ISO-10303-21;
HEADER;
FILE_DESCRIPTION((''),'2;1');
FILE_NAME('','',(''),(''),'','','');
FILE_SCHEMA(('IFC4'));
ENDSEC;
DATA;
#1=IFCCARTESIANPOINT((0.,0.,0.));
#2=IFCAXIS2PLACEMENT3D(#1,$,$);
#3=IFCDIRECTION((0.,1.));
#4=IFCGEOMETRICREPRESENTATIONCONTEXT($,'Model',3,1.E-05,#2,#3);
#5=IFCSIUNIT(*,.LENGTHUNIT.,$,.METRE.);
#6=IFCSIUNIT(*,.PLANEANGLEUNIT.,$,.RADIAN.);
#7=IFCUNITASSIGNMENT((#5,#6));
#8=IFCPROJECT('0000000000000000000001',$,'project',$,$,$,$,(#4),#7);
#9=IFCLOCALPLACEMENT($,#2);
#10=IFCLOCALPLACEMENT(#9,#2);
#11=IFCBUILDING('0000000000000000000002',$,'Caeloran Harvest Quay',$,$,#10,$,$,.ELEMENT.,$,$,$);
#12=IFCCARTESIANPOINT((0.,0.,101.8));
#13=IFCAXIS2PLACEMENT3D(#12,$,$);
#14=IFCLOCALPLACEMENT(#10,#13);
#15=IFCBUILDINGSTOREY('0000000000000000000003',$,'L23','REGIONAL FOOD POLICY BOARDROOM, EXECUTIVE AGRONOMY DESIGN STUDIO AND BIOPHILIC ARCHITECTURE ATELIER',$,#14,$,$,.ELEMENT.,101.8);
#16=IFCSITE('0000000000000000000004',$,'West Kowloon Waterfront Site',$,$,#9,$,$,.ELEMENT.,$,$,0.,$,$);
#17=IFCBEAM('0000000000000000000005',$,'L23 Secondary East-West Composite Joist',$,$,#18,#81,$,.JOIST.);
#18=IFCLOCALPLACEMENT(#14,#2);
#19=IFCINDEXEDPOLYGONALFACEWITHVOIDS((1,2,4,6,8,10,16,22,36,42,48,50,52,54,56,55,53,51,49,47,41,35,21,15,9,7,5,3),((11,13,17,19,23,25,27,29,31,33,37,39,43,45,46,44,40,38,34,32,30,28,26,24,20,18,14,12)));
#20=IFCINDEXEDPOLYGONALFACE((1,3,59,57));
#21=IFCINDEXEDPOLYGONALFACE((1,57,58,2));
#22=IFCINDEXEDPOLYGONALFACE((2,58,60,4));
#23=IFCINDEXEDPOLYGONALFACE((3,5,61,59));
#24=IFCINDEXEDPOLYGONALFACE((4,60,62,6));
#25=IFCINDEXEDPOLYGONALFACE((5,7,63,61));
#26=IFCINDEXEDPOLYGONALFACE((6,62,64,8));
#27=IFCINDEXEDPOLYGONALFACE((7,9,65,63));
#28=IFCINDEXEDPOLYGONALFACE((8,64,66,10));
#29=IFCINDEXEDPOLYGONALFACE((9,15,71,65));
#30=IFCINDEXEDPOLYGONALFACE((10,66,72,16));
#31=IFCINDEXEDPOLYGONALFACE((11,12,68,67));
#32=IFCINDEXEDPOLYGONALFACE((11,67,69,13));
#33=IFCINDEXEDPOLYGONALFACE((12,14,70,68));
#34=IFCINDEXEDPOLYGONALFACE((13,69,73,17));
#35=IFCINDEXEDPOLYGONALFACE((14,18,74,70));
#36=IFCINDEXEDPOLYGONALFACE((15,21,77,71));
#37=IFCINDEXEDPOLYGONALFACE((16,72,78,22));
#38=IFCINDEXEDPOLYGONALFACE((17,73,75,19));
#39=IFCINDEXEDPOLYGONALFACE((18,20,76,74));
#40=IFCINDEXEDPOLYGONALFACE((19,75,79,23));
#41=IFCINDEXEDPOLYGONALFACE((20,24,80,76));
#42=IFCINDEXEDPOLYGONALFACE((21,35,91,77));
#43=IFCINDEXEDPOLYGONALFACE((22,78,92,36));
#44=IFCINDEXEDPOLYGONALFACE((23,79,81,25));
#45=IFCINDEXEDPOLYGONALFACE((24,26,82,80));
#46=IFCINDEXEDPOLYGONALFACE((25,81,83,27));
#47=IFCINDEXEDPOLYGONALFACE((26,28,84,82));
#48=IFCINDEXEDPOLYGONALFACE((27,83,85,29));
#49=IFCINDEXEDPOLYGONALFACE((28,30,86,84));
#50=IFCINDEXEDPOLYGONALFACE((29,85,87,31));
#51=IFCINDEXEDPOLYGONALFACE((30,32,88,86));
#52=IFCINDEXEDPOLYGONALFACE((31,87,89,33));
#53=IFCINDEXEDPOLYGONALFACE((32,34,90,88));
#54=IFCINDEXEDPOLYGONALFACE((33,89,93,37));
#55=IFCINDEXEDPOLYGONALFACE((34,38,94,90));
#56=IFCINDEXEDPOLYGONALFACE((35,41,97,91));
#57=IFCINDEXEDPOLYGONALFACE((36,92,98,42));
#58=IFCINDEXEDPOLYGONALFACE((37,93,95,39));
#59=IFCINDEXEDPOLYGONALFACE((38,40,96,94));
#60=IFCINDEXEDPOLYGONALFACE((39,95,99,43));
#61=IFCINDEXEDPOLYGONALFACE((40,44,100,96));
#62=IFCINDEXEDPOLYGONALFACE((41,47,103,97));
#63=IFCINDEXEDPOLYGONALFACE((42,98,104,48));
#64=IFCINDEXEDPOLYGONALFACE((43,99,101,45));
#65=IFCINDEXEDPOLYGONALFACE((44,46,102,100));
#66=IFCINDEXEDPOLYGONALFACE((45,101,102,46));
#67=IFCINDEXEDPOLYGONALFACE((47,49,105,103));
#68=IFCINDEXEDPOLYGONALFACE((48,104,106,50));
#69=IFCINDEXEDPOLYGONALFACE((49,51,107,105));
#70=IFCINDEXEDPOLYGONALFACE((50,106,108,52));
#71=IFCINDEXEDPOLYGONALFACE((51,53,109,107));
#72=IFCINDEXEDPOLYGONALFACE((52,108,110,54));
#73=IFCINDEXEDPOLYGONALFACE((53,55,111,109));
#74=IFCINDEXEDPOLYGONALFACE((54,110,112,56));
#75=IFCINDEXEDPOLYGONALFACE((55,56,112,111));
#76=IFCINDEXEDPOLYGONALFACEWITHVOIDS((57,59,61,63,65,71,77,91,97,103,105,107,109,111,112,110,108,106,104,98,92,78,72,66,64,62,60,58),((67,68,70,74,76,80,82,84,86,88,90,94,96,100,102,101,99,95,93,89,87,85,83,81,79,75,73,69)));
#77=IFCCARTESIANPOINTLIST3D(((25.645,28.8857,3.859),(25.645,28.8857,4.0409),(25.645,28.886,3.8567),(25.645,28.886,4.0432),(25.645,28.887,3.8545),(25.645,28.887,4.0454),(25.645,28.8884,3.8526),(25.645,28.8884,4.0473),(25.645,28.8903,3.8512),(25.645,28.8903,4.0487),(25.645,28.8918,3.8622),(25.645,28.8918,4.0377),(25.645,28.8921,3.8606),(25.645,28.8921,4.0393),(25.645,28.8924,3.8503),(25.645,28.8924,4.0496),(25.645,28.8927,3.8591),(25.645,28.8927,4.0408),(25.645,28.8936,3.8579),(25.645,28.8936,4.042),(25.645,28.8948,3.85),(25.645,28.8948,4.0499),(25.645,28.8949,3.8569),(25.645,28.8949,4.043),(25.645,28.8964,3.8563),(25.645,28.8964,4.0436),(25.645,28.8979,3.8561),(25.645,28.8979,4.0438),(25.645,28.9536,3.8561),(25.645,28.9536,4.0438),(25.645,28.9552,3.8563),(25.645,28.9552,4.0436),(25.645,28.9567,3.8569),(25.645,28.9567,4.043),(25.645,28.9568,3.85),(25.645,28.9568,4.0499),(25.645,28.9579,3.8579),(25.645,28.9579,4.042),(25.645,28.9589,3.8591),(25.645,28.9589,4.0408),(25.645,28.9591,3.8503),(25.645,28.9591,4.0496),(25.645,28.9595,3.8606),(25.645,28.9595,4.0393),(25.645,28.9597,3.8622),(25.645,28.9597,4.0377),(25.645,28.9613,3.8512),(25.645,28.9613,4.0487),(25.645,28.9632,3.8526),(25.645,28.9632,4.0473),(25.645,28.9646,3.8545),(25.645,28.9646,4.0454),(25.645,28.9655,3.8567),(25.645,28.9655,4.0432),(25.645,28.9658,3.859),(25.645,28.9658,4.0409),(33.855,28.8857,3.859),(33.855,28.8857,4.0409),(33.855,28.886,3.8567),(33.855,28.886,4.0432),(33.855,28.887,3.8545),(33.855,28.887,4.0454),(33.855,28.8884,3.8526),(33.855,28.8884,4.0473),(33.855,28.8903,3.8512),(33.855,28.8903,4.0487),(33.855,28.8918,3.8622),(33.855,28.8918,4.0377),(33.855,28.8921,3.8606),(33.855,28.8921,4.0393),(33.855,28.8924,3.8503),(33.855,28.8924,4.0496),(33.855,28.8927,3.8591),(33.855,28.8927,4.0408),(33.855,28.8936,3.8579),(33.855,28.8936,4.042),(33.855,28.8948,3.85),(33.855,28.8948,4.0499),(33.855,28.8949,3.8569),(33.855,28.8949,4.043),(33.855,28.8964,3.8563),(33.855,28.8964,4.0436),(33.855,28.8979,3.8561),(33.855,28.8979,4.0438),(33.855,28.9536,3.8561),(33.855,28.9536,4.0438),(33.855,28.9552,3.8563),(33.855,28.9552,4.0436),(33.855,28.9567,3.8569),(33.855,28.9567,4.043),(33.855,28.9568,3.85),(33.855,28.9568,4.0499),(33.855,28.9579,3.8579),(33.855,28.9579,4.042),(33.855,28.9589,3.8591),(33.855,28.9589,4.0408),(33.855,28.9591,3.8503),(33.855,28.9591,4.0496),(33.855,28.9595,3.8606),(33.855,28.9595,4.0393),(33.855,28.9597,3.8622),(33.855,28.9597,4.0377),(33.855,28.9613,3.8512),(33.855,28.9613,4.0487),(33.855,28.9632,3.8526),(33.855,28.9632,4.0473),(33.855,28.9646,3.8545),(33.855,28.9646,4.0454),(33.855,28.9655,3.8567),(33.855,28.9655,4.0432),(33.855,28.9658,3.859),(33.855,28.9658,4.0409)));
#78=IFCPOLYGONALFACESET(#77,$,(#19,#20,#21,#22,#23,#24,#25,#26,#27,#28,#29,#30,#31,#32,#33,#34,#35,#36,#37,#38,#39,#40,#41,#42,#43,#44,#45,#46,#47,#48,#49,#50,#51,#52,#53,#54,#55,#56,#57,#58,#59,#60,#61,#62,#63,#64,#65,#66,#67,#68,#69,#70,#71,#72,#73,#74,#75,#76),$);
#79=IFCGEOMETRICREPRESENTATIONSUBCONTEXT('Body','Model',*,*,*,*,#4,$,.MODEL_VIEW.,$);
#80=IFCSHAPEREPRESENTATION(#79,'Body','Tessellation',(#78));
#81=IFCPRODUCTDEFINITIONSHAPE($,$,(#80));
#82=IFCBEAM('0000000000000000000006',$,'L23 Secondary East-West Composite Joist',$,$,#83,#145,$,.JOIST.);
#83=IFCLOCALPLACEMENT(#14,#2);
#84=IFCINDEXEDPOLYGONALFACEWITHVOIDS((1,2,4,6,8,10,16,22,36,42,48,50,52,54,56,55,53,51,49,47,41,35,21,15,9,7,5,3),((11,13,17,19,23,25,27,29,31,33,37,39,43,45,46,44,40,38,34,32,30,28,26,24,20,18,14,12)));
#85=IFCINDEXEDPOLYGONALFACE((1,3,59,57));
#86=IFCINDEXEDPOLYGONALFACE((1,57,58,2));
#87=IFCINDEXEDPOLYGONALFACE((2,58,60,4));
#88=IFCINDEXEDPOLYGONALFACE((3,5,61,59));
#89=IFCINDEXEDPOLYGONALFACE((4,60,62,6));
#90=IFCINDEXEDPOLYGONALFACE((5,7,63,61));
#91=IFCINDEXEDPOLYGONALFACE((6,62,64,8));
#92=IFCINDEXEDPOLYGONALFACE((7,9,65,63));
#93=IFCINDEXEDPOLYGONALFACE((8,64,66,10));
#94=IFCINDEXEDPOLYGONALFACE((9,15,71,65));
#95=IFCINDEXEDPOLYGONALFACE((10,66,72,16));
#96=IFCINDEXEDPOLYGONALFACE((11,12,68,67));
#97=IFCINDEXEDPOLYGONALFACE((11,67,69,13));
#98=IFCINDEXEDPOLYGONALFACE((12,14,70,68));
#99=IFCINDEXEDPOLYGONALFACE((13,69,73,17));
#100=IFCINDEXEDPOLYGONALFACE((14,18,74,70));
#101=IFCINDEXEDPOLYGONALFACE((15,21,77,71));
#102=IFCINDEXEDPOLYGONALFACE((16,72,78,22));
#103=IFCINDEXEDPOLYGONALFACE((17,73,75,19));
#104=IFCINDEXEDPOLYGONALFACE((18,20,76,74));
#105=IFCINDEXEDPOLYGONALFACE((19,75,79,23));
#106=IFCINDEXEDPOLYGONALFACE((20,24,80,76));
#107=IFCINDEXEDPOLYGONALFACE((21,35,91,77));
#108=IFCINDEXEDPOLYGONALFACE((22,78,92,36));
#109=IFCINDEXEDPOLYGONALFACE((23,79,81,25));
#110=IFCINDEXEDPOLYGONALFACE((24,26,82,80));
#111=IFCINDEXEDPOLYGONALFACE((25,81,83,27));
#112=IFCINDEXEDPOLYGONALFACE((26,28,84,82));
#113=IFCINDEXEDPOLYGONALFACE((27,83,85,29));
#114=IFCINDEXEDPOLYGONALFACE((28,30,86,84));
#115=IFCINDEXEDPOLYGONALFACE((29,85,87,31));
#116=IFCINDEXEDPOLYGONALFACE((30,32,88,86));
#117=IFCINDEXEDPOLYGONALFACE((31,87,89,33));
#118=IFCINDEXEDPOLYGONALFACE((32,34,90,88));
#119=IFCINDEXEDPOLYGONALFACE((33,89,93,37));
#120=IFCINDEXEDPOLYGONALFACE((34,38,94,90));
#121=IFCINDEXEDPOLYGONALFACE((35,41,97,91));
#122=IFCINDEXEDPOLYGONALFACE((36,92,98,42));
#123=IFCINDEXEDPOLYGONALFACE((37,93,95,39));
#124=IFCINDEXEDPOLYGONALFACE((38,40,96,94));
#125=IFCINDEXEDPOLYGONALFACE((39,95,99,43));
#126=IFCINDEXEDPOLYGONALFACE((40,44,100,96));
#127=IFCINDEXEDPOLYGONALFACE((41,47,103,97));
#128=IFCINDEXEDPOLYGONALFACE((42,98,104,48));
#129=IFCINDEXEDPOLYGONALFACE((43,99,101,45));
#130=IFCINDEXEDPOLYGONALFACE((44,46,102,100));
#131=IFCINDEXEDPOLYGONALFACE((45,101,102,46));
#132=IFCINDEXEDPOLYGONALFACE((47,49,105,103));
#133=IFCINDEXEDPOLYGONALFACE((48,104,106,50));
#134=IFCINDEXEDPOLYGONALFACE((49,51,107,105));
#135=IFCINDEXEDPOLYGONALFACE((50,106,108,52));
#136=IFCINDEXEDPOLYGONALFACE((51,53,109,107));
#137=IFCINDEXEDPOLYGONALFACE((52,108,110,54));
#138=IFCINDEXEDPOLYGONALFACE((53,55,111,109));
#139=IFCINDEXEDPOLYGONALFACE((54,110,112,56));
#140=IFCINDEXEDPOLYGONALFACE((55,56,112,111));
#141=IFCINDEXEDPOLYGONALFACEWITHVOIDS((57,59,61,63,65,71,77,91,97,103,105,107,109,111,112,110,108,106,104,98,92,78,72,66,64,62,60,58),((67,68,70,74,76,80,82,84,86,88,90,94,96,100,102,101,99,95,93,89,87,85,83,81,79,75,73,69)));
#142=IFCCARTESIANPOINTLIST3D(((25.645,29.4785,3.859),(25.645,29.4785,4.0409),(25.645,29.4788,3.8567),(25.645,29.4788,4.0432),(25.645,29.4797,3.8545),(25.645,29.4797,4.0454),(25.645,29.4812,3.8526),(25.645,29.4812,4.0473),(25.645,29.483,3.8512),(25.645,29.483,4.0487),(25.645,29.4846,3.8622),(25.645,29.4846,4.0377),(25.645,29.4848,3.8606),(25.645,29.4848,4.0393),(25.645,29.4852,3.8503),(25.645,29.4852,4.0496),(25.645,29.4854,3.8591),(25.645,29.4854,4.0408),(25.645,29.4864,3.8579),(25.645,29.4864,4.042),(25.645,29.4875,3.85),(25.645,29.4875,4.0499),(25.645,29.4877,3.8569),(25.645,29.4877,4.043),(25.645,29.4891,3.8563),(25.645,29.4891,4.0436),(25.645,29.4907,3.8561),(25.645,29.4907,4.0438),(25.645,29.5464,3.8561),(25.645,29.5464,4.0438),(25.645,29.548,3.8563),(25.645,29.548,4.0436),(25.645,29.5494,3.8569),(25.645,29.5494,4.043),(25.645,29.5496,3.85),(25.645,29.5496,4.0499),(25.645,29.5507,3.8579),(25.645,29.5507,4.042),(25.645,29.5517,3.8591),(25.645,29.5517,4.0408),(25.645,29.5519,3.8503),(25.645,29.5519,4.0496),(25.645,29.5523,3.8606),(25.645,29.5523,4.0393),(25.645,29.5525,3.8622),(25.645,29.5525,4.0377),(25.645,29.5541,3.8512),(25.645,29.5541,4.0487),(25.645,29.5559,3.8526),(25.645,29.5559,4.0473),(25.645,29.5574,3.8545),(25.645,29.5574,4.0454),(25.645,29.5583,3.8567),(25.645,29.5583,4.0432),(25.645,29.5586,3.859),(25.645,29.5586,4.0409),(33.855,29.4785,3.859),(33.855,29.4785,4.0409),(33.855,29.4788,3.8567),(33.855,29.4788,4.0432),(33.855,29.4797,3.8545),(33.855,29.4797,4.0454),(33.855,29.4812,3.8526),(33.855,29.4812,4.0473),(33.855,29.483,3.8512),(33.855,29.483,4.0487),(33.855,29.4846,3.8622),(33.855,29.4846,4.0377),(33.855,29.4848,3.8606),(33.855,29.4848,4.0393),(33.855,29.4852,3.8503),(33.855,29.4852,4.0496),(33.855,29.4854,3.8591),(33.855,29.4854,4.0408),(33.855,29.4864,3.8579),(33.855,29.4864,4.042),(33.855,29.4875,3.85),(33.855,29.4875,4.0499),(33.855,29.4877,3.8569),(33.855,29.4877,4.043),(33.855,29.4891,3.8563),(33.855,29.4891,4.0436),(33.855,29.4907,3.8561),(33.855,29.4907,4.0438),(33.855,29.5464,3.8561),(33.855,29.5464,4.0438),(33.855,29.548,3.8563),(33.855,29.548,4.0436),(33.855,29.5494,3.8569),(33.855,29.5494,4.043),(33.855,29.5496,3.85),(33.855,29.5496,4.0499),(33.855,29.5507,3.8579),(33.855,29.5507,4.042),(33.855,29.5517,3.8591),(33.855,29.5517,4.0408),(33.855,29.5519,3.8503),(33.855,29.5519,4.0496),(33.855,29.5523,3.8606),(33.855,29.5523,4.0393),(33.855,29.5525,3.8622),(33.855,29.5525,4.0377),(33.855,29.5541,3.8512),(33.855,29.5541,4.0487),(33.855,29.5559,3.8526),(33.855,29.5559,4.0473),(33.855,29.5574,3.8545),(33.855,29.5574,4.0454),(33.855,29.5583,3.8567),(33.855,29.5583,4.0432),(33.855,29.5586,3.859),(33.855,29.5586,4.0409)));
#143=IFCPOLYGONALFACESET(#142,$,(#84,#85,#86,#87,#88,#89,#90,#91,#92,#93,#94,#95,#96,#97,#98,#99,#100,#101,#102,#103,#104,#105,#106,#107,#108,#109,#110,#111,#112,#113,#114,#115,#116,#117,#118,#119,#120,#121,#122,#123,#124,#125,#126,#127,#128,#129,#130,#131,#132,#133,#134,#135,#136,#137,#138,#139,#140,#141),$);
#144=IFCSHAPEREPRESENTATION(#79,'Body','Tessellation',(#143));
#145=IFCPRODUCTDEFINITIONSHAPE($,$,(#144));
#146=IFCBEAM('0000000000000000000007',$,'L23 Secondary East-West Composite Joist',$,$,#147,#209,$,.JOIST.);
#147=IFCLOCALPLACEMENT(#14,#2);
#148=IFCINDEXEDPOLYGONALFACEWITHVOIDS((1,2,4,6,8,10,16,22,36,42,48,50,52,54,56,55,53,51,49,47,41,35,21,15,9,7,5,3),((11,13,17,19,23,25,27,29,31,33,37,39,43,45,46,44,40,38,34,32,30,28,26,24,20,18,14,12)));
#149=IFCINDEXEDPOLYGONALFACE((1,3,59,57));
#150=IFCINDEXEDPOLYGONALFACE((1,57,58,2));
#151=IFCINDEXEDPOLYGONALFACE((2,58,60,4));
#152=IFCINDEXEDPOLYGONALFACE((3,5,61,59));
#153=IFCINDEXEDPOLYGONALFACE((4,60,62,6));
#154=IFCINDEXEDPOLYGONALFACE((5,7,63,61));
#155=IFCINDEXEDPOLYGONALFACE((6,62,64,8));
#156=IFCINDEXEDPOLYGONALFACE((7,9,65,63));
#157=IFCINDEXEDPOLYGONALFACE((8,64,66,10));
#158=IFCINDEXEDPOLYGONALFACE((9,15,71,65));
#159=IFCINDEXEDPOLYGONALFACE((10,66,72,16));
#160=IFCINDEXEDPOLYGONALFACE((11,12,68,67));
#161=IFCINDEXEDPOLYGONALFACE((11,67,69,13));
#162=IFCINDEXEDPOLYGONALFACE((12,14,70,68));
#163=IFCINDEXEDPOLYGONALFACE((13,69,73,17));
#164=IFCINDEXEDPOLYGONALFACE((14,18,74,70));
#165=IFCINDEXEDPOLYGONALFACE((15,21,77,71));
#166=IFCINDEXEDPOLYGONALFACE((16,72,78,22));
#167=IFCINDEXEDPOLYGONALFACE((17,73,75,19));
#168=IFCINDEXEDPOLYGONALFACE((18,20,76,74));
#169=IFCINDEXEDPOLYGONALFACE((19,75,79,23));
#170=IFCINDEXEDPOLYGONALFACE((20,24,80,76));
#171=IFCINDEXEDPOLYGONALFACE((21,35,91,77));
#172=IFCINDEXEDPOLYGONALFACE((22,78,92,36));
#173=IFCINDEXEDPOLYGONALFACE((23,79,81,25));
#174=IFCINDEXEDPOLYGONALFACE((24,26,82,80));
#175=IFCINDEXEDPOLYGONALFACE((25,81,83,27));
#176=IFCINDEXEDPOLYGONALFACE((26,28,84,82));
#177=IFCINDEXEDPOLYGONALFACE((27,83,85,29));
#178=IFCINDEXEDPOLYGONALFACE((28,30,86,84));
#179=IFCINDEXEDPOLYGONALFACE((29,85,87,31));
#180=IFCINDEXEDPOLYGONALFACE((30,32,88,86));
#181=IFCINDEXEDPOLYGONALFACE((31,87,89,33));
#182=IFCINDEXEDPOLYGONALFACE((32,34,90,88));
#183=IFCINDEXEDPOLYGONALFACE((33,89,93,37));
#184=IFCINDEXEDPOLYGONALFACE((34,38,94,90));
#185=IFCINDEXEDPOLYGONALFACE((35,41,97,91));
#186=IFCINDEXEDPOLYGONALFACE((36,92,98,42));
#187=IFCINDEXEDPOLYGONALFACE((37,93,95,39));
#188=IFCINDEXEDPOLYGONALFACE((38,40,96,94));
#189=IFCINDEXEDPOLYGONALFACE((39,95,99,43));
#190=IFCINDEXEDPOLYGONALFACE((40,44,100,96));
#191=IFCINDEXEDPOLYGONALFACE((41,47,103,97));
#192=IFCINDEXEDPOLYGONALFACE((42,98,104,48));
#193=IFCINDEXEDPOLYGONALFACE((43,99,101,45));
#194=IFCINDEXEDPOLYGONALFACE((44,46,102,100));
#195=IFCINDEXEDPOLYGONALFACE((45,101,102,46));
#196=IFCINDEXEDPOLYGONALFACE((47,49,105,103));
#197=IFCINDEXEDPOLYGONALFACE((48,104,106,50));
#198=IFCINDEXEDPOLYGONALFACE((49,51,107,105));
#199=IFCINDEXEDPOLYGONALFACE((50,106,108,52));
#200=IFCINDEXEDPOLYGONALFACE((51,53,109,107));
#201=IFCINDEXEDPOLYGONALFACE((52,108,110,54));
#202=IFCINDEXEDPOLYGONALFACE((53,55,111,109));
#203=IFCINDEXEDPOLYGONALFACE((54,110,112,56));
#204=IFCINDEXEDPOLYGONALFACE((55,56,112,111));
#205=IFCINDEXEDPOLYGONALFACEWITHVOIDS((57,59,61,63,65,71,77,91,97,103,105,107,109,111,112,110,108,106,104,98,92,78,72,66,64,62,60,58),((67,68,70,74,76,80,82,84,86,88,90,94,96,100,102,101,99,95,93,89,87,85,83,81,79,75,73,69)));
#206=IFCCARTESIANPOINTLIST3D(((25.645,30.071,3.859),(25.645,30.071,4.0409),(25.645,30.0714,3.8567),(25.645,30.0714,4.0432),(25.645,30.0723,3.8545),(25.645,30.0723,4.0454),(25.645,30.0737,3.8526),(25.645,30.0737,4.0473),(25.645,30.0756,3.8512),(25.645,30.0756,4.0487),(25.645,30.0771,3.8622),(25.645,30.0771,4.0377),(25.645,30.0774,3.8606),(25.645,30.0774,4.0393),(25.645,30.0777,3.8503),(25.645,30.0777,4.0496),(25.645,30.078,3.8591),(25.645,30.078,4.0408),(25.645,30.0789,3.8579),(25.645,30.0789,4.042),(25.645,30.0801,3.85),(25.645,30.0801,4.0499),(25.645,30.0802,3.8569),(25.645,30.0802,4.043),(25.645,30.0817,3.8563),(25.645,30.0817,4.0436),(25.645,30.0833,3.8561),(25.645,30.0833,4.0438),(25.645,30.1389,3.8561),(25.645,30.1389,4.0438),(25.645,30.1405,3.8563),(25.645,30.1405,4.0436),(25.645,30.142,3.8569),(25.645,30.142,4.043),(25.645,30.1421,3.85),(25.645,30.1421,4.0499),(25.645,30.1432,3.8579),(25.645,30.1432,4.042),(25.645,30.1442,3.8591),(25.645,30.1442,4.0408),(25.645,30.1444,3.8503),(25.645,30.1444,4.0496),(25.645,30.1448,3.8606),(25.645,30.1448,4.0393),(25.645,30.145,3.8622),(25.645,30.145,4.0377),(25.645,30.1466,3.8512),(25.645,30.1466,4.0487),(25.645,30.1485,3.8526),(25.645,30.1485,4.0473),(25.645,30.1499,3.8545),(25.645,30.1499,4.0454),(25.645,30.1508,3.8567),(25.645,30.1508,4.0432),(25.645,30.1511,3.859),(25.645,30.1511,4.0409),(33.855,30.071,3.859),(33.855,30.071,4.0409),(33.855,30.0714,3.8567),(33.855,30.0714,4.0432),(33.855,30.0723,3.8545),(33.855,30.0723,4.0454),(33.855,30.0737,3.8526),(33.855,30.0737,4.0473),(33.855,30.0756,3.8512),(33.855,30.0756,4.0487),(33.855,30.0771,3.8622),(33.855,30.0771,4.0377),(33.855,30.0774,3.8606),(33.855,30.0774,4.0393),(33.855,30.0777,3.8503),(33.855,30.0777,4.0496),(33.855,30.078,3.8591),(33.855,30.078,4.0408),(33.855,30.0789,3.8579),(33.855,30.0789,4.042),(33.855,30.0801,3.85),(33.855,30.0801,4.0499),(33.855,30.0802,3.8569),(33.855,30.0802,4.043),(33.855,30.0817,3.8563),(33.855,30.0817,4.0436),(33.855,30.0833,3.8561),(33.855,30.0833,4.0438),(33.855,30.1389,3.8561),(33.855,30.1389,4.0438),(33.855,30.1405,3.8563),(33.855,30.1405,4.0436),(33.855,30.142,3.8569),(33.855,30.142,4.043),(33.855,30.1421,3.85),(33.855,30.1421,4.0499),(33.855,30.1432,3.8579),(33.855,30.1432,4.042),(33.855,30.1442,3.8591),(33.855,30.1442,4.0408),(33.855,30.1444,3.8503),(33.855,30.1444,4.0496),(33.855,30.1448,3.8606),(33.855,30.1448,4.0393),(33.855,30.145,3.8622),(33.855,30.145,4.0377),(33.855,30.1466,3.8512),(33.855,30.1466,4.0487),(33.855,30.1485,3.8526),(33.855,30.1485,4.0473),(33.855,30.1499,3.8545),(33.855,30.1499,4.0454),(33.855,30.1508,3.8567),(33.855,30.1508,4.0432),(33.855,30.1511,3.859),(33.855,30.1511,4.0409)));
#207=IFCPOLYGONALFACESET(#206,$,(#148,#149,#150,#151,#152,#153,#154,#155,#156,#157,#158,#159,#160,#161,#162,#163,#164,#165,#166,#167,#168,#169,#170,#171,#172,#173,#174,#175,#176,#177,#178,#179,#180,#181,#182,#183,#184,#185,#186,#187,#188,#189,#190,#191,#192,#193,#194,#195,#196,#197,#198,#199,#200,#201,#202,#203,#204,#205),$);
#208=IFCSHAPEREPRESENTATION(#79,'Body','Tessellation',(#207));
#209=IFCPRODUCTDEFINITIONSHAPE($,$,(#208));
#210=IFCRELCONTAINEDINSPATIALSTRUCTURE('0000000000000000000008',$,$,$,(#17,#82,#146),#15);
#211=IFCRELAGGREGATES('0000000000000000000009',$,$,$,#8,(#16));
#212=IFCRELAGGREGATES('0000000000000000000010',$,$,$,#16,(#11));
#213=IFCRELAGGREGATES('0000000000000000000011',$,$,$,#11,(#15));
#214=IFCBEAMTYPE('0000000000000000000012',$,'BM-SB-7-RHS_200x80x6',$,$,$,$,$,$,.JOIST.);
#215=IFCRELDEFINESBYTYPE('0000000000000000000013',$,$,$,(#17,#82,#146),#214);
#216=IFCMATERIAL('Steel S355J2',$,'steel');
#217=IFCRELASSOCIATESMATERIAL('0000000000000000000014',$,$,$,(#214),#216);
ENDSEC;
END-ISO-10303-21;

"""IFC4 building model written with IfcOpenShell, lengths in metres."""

from ifc_helpers import new_model, si_unit, direction, frame, origin, origin_2d, place, context, subcontext, project, spatial, hollow_rectangle, extrude, material, material_profile, profile_set, type_object, element, save


model = new_model("IFC4")

# Units and contexts
model_context = context("Model", 3, precision=1e-05, world=origin(), true_north=direction((0.0, 1.0)))
body_context = subcontext(model_context, "Body", "Model", "MODEL_VIEW")
ifc_project = project(units=[si_unit("LENGTHUNIT", "METRE"), si_unit("PLANEANGLEUNIT", "RADIAN")], contexts=[model_context])

# Site, building, storey
site_placement = place(None, origin())
site = spatial("IfcSite", under=ifc_project, at=site_placement, Name="West Kowloon Waterfront Site", CompositionType="ELEMENT", RefElevation=0.0)
building_placement = place(site_placement, origin())
building = spatial("IfcBuilding", under=site, at=building_placement, Name="Caeloran Harvest Quay", CompositionType="ELEMENT")
storey_placement = place(building_placement, frame((0.0, 0.0, 101.8)))
storey = spatial("IfcBuildingStorey", under=building, at=storey_placement, Name="L23", Description="REGIONAL FOOD POLICY BOARDROOM, EXECUTIVE AGRONOMY DESIGN STUDIO AND BIOPHILIC ARCHITECTURE ATELIER", CompositionType="ELEMENT", Elevation=101.8)

# Beams
ifc_material_1 = material(Name="Steel S355J2", Category="steel")
ifc_material_profile_1 = material_profile(ifc_material_1, hollow_rectangle(XDim=0.0801, YDim=0.2, WallThickness=0.0061, InnerFilletRadius=0.0061, OuterFilletRadius=0.009, at=origin_2d()), Name="RHS 200x80x6")
ifc_profile_set_1 = profile_set([ifc_material_profile_1], Name="Steel S355J2")
beam_type_1 = type_object("IfcBeamType", Name="BM-SB-7-RHS_200x80x6", PredefinedType="JOIST", material=ifc_profile_set_1)
for number, where, z_axis, x_axis, name in (
    (1, (25.645, 28.9258, 3.95), (1.0, 0.0, 0.0), (0.0, 1.0, 0.0), "L23 Secondary East-West Composite Joist"),
    (2, (25.645, 29.5186, 3.95), (1.0, 0.0, 0.0), (0.0, 1.0, 0.0), "L23 Secondary East-West Composite Joist"),
    (3, (25.645, 30.1111, 3.95), (1.0, 0.0, 0.0), (0.0, 1.0, 0.0), "L23 Secondary East-West Composite Joist"),
):
    element("IfcBeam", number, at=place(storey_placement, frame(where, z_axis=z_axis, x_axis=x_axis)), inside=storey, type_object=beam_type_1, Name=name, PredefinedType="JOIST", context=body_context, shape_type="SweptSolid", body=[
        extrude(hollow_rectangle(XDim=0.0801, YDim=0.2, WallThickness=0.0061, InnerFilletRadius=0.0061, OuterFilletRadius=0.009, at=origin_2d()), origin(), (0.0, 0.0, 1.0), 8.21),
    ])

save(model, "model.ifc")
